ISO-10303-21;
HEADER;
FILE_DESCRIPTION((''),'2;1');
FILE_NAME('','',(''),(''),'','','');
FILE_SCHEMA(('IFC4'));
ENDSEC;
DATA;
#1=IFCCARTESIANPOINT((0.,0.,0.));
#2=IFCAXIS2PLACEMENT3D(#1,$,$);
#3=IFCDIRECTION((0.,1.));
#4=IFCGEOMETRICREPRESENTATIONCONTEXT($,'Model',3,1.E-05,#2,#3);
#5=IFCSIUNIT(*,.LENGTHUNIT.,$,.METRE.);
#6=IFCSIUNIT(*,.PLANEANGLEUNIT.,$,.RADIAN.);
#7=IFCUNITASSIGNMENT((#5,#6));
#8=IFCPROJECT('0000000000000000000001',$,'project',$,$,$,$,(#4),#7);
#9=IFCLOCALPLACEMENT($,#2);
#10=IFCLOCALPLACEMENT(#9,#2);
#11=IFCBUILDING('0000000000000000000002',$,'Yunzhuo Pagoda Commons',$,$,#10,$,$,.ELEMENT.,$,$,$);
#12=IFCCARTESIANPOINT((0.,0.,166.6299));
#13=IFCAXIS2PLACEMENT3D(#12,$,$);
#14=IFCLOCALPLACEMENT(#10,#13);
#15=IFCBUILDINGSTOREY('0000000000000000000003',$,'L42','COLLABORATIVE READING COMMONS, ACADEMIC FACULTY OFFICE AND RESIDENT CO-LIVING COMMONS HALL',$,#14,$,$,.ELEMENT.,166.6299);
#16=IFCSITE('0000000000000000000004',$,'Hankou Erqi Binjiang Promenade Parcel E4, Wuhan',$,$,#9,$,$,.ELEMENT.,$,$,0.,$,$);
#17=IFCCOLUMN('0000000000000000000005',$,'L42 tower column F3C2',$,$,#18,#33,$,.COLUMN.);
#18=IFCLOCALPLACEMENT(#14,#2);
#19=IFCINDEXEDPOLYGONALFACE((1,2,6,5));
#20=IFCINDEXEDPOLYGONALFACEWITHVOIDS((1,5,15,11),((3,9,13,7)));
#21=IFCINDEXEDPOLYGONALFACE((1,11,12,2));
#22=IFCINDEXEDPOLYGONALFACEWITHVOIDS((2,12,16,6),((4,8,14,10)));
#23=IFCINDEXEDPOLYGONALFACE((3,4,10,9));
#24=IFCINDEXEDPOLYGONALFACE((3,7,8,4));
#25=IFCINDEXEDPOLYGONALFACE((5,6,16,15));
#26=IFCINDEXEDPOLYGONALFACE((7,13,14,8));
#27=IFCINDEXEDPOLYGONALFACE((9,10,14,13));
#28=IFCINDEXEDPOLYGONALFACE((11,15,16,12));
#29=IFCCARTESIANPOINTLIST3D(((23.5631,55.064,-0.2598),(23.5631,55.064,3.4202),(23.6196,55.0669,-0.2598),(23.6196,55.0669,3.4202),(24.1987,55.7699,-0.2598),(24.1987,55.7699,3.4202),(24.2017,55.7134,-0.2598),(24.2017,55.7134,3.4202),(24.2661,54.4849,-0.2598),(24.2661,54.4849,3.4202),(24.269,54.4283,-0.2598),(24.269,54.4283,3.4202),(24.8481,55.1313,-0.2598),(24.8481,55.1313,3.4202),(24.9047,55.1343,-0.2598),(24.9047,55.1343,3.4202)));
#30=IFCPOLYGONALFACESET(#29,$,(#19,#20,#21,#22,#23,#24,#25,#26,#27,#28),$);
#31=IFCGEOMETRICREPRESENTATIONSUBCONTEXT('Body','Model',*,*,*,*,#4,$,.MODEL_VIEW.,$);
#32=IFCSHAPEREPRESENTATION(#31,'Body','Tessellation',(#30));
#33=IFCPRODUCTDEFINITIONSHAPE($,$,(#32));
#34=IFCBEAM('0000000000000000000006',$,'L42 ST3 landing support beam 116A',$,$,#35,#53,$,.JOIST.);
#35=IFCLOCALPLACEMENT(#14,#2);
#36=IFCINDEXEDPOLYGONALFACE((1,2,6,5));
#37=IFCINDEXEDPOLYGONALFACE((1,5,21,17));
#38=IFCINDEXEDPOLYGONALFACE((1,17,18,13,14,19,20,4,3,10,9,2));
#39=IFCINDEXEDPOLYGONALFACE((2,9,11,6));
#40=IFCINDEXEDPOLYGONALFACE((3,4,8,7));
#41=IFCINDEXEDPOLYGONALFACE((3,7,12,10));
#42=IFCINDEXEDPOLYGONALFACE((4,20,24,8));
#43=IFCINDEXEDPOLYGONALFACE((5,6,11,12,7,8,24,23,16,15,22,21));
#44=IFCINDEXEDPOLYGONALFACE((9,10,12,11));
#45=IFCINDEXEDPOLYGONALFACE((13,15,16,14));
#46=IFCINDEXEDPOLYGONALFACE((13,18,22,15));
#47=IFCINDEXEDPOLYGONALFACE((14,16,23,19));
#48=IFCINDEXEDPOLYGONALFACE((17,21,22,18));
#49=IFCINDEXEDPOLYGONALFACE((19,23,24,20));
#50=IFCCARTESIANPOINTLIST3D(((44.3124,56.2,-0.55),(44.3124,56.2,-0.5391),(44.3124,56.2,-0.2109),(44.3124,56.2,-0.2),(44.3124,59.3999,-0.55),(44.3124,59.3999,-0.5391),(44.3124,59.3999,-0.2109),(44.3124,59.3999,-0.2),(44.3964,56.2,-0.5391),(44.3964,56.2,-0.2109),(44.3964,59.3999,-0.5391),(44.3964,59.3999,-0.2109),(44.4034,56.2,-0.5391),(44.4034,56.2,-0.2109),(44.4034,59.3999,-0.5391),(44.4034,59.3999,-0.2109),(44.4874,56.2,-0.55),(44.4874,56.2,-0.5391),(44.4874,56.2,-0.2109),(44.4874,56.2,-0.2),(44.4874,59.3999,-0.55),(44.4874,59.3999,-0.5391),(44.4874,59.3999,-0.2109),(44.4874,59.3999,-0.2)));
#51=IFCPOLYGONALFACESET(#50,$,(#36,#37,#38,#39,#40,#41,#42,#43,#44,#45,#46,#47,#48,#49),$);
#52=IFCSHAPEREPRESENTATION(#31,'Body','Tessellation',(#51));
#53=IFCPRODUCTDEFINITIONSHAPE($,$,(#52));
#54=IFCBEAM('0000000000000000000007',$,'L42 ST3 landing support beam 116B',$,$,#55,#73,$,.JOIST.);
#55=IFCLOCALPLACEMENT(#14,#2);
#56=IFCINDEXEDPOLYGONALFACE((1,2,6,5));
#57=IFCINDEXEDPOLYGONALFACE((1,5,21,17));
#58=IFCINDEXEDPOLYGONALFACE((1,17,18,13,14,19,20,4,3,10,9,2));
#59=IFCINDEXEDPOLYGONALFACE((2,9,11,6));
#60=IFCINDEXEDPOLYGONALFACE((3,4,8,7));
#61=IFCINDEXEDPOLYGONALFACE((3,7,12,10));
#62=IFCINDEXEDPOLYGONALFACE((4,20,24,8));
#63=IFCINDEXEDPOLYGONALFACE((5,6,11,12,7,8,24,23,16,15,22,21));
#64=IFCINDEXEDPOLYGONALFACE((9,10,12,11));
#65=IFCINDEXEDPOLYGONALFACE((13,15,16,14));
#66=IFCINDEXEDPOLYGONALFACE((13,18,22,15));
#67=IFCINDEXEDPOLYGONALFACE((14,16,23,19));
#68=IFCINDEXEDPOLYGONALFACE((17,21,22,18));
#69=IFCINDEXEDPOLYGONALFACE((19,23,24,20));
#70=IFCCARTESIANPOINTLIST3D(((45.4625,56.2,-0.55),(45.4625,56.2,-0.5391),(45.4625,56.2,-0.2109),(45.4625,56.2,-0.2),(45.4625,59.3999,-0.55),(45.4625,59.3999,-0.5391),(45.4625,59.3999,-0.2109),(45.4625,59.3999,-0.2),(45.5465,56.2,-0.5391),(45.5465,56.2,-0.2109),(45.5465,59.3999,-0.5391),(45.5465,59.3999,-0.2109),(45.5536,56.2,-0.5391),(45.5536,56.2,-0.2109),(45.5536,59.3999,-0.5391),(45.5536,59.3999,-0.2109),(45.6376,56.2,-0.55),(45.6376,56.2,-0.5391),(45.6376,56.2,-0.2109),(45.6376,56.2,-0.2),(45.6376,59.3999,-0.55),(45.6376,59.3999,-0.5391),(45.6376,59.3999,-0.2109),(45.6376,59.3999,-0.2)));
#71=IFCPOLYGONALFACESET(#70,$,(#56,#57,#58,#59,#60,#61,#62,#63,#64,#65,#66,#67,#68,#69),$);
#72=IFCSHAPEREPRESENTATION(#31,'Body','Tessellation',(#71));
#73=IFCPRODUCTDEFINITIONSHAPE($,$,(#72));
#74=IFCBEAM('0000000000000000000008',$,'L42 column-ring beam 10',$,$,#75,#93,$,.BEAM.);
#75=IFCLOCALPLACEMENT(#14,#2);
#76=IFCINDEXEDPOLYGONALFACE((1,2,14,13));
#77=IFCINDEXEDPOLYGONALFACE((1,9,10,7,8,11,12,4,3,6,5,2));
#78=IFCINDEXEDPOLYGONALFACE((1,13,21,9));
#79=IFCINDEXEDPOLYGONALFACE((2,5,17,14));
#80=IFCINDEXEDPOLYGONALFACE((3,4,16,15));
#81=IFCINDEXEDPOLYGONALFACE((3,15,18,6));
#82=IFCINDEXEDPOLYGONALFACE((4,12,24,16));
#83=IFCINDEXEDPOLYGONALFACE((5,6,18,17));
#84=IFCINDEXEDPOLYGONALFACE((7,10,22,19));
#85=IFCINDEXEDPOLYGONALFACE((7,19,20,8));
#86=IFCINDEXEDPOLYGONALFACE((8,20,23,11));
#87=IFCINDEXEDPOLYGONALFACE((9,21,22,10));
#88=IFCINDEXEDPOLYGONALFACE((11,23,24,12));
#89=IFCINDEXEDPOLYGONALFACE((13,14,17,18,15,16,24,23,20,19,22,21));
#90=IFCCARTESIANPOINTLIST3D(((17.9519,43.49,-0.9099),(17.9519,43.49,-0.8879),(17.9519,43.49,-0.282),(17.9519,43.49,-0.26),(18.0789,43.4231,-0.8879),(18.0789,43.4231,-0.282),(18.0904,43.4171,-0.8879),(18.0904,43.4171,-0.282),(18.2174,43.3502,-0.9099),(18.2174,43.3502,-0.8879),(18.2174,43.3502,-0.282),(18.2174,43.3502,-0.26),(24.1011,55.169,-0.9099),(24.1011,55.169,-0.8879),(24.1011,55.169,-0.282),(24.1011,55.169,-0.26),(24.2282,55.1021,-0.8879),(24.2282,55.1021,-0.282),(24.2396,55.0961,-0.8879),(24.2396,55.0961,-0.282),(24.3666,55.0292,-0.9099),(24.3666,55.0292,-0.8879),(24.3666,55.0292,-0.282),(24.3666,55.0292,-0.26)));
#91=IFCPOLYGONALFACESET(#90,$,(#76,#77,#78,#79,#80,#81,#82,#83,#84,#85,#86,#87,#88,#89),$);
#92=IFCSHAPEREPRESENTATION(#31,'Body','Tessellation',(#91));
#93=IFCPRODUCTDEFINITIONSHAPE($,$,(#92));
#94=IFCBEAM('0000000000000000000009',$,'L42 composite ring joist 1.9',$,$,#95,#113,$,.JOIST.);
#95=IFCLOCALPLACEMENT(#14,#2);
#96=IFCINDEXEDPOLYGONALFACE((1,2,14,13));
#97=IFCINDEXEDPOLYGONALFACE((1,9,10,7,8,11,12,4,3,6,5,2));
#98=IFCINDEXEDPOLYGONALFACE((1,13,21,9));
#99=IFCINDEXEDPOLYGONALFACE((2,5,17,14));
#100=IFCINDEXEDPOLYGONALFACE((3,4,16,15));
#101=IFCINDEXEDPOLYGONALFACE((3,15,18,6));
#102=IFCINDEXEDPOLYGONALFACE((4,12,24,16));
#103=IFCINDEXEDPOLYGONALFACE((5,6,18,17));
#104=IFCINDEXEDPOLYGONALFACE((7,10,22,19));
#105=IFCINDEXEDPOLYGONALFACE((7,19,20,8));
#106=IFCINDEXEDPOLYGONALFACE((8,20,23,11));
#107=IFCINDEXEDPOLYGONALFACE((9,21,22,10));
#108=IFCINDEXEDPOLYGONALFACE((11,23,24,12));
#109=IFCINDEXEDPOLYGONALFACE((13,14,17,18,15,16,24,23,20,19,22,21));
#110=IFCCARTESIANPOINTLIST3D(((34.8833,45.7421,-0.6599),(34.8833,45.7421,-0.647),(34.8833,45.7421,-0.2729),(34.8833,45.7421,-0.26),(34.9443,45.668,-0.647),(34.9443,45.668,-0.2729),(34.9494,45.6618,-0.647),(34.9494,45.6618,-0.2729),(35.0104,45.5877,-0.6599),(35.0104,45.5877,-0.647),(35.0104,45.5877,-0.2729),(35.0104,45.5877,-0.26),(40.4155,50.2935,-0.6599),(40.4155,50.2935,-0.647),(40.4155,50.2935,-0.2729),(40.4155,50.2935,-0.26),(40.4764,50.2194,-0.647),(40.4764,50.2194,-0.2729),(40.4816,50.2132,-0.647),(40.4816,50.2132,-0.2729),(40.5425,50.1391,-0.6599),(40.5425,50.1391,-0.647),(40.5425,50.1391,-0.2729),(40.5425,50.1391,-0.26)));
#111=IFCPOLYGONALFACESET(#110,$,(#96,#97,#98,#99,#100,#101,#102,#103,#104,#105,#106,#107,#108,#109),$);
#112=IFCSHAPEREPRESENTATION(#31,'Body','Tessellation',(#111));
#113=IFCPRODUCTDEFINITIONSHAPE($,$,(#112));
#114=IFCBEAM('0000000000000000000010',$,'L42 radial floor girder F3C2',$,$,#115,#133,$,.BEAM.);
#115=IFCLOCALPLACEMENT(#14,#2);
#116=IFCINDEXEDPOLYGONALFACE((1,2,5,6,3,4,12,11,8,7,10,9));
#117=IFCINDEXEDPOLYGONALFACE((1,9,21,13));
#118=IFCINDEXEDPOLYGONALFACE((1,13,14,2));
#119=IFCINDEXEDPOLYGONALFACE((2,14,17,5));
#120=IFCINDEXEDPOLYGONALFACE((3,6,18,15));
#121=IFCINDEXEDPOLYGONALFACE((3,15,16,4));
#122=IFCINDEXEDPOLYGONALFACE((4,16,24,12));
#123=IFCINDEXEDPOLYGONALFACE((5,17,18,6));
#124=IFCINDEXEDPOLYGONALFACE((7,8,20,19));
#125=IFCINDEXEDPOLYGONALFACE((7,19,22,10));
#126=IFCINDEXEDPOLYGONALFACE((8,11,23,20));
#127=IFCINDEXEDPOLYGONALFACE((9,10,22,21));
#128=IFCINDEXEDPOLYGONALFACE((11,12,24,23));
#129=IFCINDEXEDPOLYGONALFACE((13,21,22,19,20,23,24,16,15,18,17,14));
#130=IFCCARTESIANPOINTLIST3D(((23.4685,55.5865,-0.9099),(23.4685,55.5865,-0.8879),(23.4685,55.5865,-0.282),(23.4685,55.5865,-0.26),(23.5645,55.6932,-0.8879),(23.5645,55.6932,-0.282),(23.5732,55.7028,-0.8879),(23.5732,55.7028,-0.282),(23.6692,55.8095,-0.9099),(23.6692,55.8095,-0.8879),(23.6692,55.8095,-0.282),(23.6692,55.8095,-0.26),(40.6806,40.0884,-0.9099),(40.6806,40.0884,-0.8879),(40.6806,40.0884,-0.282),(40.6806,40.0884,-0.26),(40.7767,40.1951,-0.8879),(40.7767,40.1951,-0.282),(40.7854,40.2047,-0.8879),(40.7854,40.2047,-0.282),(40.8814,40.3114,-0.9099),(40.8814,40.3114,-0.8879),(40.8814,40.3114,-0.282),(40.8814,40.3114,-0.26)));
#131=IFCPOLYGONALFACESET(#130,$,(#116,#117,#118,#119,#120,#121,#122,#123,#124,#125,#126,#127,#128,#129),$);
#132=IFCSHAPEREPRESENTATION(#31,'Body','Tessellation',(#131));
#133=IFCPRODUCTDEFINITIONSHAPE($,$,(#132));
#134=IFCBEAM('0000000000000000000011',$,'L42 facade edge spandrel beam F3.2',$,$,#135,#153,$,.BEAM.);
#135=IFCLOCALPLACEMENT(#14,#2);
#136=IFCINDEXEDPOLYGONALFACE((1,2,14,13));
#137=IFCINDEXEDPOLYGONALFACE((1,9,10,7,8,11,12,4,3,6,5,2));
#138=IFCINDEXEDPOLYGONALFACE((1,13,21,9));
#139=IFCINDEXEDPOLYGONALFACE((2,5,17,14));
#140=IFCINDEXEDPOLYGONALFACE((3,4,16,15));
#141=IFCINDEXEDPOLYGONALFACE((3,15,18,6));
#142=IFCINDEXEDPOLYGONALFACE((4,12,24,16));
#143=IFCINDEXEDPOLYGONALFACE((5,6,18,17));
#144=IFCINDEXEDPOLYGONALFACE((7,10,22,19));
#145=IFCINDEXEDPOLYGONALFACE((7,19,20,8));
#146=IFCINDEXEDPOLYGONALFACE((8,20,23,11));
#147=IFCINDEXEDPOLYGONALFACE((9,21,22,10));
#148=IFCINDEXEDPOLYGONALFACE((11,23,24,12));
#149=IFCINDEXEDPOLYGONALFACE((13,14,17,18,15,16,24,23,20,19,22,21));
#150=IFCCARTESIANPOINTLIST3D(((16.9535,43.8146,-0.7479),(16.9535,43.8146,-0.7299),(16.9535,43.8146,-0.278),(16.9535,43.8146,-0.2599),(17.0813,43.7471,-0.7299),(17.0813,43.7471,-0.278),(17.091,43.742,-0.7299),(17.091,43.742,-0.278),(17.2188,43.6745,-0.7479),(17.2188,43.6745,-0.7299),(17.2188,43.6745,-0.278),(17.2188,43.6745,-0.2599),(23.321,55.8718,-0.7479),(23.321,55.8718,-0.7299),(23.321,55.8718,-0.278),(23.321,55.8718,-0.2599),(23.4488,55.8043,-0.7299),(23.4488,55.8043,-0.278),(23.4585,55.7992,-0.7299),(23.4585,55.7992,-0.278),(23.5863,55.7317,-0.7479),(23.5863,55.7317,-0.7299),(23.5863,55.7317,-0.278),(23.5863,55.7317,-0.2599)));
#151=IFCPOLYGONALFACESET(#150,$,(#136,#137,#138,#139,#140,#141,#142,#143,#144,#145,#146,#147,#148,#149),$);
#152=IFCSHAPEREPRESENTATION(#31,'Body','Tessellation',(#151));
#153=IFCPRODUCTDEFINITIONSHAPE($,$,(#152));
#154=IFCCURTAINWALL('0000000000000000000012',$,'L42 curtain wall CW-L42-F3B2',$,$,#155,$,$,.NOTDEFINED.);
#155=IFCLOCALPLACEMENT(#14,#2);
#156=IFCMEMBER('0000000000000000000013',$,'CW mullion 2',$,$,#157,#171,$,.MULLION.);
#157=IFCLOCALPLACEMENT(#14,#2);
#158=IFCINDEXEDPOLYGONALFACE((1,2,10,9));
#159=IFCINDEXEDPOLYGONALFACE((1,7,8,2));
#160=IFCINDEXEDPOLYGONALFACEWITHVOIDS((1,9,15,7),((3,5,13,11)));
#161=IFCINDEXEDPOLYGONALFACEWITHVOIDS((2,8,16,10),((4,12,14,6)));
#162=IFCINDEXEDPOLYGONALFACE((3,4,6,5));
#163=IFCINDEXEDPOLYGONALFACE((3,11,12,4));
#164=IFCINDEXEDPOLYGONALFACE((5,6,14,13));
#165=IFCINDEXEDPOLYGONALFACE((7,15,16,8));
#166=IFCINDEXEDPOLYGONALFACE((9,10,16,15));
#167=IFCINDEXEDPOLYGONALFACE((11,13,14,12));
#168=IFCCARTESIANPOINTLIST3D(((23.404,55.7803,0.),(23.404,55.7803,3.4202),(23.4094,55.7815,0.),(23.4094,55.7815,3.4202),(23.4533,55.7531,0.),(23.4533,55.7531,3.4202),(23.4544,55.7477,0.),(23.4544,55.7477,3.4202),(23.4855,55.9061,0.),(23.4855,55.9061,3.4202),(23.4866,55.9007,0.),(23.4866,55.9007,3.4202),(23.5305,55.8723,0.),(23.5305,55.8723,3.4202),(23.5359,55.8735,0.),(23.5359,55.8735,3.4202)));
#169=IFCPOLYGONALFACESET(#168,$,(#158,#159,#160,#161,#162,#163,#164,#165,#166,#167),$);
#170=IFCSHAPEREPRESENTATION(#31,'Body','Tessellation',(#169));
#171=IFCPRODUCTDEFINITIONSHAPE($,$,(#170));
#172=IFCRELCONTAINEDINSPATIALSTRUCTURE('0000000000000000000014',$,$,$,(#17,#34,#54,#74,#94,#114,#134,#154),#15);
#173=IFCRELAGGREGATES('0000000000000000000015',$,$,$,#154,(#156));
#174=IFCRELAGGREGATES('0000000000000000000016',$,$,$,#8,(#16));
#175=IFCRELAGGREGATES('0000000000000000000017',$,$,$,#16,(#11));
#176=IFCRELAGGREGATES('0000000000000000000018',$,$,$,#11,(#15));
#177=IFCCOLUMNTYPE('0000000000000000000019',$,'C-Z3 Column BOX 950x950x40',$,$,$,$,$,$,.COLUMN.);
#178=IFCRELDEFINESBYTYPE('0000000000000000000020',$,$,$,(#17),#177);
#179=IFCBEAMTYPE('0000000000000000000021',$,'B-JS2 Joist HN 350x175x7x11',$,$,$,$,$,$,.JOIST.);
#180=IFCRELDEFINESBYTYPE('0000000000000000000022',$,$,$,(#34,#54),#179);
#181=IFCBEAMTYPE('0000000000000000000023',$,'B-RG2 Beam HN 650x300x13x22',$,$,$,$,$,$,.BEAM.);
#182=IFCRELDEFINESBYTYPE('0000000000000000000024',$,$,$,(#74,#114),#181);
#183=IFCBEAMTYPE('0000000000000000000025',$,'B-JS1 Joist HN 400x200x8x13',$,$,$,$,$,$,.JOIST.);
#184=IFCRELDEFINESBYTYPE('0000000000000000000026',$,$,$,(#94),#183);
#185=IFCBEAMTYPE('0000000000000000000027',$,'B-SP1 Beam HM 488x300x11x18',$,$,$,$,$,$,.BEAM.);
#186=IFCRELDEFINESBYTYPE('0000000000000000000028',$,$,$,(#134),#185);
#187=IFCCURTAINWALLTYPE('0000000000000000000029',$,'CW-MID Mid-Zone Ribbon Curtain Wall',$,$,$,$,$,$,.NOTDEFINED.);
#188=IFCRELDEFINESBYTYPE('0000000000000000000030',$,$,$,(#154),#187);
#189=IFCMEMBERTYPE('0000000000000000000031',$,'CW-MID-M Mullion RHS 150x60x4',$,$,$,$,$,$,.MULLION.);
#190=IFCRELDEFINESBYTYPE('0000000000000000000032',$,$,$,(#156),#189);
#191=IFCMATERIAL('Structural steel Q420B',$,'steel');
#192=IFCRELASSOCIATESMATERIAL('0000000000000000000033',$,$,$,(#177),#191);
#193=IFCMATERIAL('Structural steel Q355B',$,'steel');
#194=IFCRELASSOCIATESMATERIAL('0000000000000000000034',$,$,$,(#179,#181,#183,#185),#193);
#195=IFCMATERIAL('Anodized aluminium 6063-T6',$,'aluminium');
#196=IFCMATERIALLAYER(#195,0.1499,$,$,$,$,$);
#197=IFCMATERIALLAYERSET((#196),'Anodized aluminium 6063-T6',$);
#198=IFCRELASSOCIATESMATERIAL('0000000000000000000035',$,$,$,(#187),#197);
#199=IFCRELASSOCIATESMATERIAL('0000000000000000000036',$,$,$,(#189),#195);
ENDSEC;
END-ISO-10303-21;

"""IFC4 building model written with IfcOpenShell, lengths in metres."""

from ifc_helpers import new_model, si_unit, direction, frame, origin, origin_2d, place, context, subcontext, project, spatial, hollow_rectangle, i_section, extrude, source, transform, mapped, material, layer, layer_set, material_profile, profile_set, type_object, element, aggregate, save


model = new_model("IFC4")

# Units and contexts
model_context = context("Model", 3, precision=1e-05, world=origin(), true_north=direction((0.0, 1.0)))
body_context = subcontext(model_context, "Body", "Model", "MODEL_VIEW")
ifc_project = project(units=[si_unit("LENGTHUNIT", "METRE"), si_unit("PLANEANGLEUNIT", "RADIAN")], contexts=[model_context])

# Site, building, storey
site_placement = place(None, origin())
site = spatial("IfcSite", under=ifc_project, at=site_placement, Name="Hankou Erqi Binjiang Promenade Parcel E4, Wuhan", CompositionType="ELEMENT", RefElevation=0.0)
building_placement = place(site_placement, origin())
building = spatial("IfcBuilding", under=site, at=building_placement, Name="Yunzhuo Pagoda Commons", CompositionType="ELEMENT")
storey_placement = place(building_placement, frame((0.0, 0.0, 166.6299)))
storey = spatial("IfcBuildingStorey", under=building, at=storey_placement, Name="L42", Description="COLLABORATIVE READING COMMONS, ACADEMIC FACULTY OFFICE AND RESIDENT CO-LIVING COMMONS HALL", CompositionType="ELEMENT", Elevation=166.6299)

# Column
ifc_material_1 = material(Name="Structural steel Q420B", Category="steel")
ifc_material_profile_1 = material_profile(ifc_material_1, hollow_rectangle(XDim=0.95, YDim=0.95, WallThickness=0.04, at=origin_2d()), Name="Structural steel Q420B")
ifc_profile_set_1 = profile_set([ifc_material_profile_1], Name="Structural steel Q420B")
column_type = type_object("IfcColumnType", Name="C-Z3 Column BOX 950x950x40", PredefinedType="COLUMN", material=ifc_profile_set_1)
shared_shape_1 = source(origin(), body_context, "Body", "SweptSolid", [
    extrude(hollow_rectangle(XDim=0.95, YDim=0.95, WallThickness=0.04, at=origin_2d()), origin(), (0.0, 0.0, 1.0), 3.6799),
])
column_placement = place(storey_placement, frame((24.2339, 55.0991, -0.2598), z_axis=(0.0, 0.0, 1.0), x_axis=(-0.669131, -0.743145, 0.0)))
element("IfcColumn", 1, at=column_placement, inside=storey, type_object=column_type, Name="L42 tower column F3C2", PredefinedType="COLUMN", context=body_context, shape_type="MappedRepresentation", body=[
    mapped(shared_shape_1, transform((0.0, 0.0, 0.0), scale=1.0)),
])

# Beams
ifc_material_2 = material(Name="Structural steel Q355B", Category="steel")
ifc_material_profile_2 = material_profile(ifc_material_2, i_section(OverallWidth=0.175, OverallDepth=0.3501, WebThickness=0.0071, FlangeThickness=0.011, at=origin_2d()), Name="Structural steel Q355B")
ifc_profile_set_2 = profile_set([ifc_material_profile_2], Name="Structural steel Q355B")
beam_type_1 = type_object("IfcBeamType", Name="B-JS2 Joist HN 350x175x7x11", PredefinedType="JOIST", material=ifc_profile_set_2)
shared_shape_2 = source(origin(), body_context, "Body", "SweptSolid", [
    extrude(i_section(OverallWidth=0.175, OverallDepth=0.3501, WebThickness=0.0071, FlangeThickness=0.011, at=origin_2d()), origin(), (0.0, 0.0, 1.0), 3.2),
])
for number, where, z_axis, x_axis, name in (
    (2, (44.3999, 56.2, -0.375), (0.0, 1.0, 0.0), (-1.0, 0.0, 0.0), "L42 ST3 landing support beam 116A"),
    (3, (45.55, 56.2, -0.375), (0.0, 1.0, 0.0), (-1.0, 0.0, 0.0), "L42 ST3 landing support beam 116B"),
):
    element("IfcBeam", number, at=place(storey_placement, frame(where, z_axis=z_axis, x_axis=x_axis)), inside=storey, type_object=beam_type_1, Name=name, PredefinedType="JOIST", context=body_context, shape_type="MappedRepresentation", body=[
        mapped(shared_shape_2, transform((0.0, 0.0, 0.0), scale=1.0)),
    ])
ifc_material_profile_3 = material_profile(ifc_material_2, i_section(OverallWidth=0.3, OverallDepth=0.6499, WebThickness=0.0129, FlangeThickness=0.022, at=origin_2d()), Name="Structural steel Q355B")
ifc_profile_set_3 = profile_set([ifc_material_profile_3], Name="Structural steel Q355B")
beam_type_2 = type_object("IfcBeamType", Name="B-RG2 Beam HN 650x300x13x22", PredefinedType="BEAM", material=ifc_profile_set_3)
shared_shape_3 = source(origin(), body_context, "Body", "SweptSolid", [
    extrude(i_section(OverallWidth=0.3, OverallDepth=0.6499, WebThickness=0.0129, FlangeThickness=0.022, at=origin_2d()), origin(), (0.0, 0.0, 1.0), 13.199),
])
beam_1_placement = place(storey_placement, frame((24.2339, 55.0991, -0.585), z_axis=(-0.465886, -0.884845, 0.0), x_axis=(0.884845, -0.465886, 0.0)))
element("IfcBeam", 4, at=beam_1_placement, inside=storey, type_object=beam_type_2, Name="L42 column-ring beam 10", PredefinedType="BEAM", context=body_context, shape_type="MappedRepresentation", body=[
    mapped(shared_shape_3, transform((0.0, 0.0, 0.0), scale=1.0)),
])
ifc_material_profile_4 = material_profile(ifc_material_2, i_section(OverallWidth=0.2, OverallDepth=0.3999, WebThickness=0.0081, FlangeThickness=0.0129, at=origin_2d()), Name="Structural steel Q355B")
ifc_profile_set_4 = profile_set([ifc_material_profile_4], Name="Structural steel Q355B")
beam_type_3 = type_object("IfcBeamType", Name="B-JS1 Joist HN 400x200x8x13", PredefinedType="JOIST", material=ifc_profile_set_4)
shared_shape_4 = source(origin(), body_context, "Body", "SweptSolid", [
    extrude(i_section(OverallWidth=0.2, OverallDepth=0.3999, WebThickness=0.0081, FlangeThickness=0.0129, at=origin_2d()), origin(), (0.0, 0.0, 1.0), 7.1638),
])
beam_2_placement = place(storey_placement, frame((40.479, 50.2163, -0.46), z_axis=(-0.772234, -0.635338, 0.0), x_axis=(0.635338, -0.772234, 0.0)))
element("IfcBeam", 5, at=beam_2_placement, inside=storey, type_object=beam_type_3, Name="L42 composite ring joist 1.9", PredefinedType="JOIST", context=body_context, shape_type="MappedRepresentation", body=[
    mapped(shared_shape_4, transform((0.0, 0.0, 0.0), scale=1.0)),
])
shared_shape_5 = source(origin(), body_context, "Body", "SweptSolid", [
    extrude(i_section(OverallWidth=0.3, OverallDepth=0.6499, WebThickness=0.0129, FlangeThickness=0.022, at=origin_2d()), origin(), (0.0, 0.0, 1.0), 23.1614),
])
beam_3_placement = place(storey_placement, frame((23.5688, 55.698, -0.585), z_axis=(0.743142, -0.669134, 0.0), x_axis=(0.669134, 0.743142, 0.0)))
element("IfcBeam", 6, at=beam_3_placement, inside=storey, type_object=beam_type_2, Name="L42 radial floor girder F3C2", PredefinedType="BEAM", context=body_context, shape_type="MappedRepresentation", body=[
    mapped(shared_shape_5, transform((0.0, 0.0, 0.0), scale=1.0)),
])
ifc_material_profile_5 = material_profile(ifc_material_2, i_section(OverallWidth=0.3, OverallDepth=0.488, WebThickness=0.011, FlangeThickness=0.0181, at=origin_2d()), Name="Structural steel Q355B")
ifc_profile_set_5 = profile_set([ifc_material_profile_5], Name="Structural steel Q355B")
beam_type_4 = type_object("IfcBeamType", Name="B-SP1 Beam HM 488x300x11x18", PredefinedType="BEAM", material=ifc_profile_set_5)
shared_shape_6 = source(origin(), body_context, "Body", "SweptSolid", [
    extrude(i_section(OverallWidth=0.3, OverallDepth=0.488, WebThickness=0.011, FlangeThickness=0.0181, at=origin_2d()), origin(), (0.0, 0.0, 1.0), 13.6353),
])
beam_4_placement = place(storey_placement, frame((23.4536, 55.8018, -0.5039), z_axis=(-0.466985, -0.884265, 0.0), x_axis=(0.884265, -0.466985, 0.0)))
element("IfcBeam", 7, at=beam_4_placement, inside=storey, type_object=beam_type_4, Name="L42 facade edge spandrel beam F3.2", PredefinedType="BEAM", context=body_context, shape_type="MappedRepresentation", body=[
    mapped(shared_shape_6, transform((0.0, 0.0, 0.0), scale=1.0)),
])

# Curtain wall, member
ifc_material_3 = material(Name="Anodized aluminium 6063-T6", Category="aluminium")
ifc_layer_1 = layer(ifc_material_3, 0.1499)
ifc_layer_set_1 = layer_set([ifc_layer_1], Name="Anodized aluminium 6063-T6")
curtain_wall_type = type_object("IfcCurtainWallType", Name="CW-MID Mid-Zone Ribbon Curtain Wall", PredefinedType="NOTDEFINED", material=ifc_layer_set_1)
curtain_wall_1_placement = place(storey_placement, origin())
curtain_wall_1 = element("IfcCurtainWall", 8, at=curtain_wall_1_placement, inside=storey, type_object=curtain_wall_type, Name="L42 curtain wall CW-L42-F3B2", PredefinedType="NOTDEFINED")
ifc_material_profile_6 = material_profile(ifc_material_3, hollow_rectangle(XDim=0.0601, YDim=0.1499, WallThickness=0.0039, at=origin_2d()), Name="Anodized aluminium 6063-T6")
ifc_profile_set_6 = profile_set([ifc_material_profile_6], Name="Anodized aluminium 6063-T6")
member_type_1 = type_object("IfcMemberType", Name="CW-MID-M Mullion RHS 150x60x4", PredefinedType="MULLION", material=ifc_profile_set_6)
shared_shape_7 = source(origin(), body_context, "Body", "SweptSolid", [
    extrude(hollow_rectangle(XDim=0.0601, YDim=0.1499, WallThickness=0.0039, at=origin_2d()), origin(), (0.0, 0.0, 1.0), 3.4202),
])
member_1_placement = place(storey_placement, frame((23.47, 55.8269, 0.0), z_axis=(0.0, 0.0, 1.0), x_axis=(0.839466, -0.543412, 0.0)))
member_1 = element("IfcMember", 9, at=member_1_placement, type_object=member_type_1, Name="CW mullion 2", PredefinedType="MULLION", context=body_context, shape_type="MappedRepresentation", body=[
    mapped(shared_shape_7, transform((0.0, 0.0, 0.0), scale=1.0)),
])

aggregate(curtain_wall_1, [member_1])

save(model, "model.ifc")
